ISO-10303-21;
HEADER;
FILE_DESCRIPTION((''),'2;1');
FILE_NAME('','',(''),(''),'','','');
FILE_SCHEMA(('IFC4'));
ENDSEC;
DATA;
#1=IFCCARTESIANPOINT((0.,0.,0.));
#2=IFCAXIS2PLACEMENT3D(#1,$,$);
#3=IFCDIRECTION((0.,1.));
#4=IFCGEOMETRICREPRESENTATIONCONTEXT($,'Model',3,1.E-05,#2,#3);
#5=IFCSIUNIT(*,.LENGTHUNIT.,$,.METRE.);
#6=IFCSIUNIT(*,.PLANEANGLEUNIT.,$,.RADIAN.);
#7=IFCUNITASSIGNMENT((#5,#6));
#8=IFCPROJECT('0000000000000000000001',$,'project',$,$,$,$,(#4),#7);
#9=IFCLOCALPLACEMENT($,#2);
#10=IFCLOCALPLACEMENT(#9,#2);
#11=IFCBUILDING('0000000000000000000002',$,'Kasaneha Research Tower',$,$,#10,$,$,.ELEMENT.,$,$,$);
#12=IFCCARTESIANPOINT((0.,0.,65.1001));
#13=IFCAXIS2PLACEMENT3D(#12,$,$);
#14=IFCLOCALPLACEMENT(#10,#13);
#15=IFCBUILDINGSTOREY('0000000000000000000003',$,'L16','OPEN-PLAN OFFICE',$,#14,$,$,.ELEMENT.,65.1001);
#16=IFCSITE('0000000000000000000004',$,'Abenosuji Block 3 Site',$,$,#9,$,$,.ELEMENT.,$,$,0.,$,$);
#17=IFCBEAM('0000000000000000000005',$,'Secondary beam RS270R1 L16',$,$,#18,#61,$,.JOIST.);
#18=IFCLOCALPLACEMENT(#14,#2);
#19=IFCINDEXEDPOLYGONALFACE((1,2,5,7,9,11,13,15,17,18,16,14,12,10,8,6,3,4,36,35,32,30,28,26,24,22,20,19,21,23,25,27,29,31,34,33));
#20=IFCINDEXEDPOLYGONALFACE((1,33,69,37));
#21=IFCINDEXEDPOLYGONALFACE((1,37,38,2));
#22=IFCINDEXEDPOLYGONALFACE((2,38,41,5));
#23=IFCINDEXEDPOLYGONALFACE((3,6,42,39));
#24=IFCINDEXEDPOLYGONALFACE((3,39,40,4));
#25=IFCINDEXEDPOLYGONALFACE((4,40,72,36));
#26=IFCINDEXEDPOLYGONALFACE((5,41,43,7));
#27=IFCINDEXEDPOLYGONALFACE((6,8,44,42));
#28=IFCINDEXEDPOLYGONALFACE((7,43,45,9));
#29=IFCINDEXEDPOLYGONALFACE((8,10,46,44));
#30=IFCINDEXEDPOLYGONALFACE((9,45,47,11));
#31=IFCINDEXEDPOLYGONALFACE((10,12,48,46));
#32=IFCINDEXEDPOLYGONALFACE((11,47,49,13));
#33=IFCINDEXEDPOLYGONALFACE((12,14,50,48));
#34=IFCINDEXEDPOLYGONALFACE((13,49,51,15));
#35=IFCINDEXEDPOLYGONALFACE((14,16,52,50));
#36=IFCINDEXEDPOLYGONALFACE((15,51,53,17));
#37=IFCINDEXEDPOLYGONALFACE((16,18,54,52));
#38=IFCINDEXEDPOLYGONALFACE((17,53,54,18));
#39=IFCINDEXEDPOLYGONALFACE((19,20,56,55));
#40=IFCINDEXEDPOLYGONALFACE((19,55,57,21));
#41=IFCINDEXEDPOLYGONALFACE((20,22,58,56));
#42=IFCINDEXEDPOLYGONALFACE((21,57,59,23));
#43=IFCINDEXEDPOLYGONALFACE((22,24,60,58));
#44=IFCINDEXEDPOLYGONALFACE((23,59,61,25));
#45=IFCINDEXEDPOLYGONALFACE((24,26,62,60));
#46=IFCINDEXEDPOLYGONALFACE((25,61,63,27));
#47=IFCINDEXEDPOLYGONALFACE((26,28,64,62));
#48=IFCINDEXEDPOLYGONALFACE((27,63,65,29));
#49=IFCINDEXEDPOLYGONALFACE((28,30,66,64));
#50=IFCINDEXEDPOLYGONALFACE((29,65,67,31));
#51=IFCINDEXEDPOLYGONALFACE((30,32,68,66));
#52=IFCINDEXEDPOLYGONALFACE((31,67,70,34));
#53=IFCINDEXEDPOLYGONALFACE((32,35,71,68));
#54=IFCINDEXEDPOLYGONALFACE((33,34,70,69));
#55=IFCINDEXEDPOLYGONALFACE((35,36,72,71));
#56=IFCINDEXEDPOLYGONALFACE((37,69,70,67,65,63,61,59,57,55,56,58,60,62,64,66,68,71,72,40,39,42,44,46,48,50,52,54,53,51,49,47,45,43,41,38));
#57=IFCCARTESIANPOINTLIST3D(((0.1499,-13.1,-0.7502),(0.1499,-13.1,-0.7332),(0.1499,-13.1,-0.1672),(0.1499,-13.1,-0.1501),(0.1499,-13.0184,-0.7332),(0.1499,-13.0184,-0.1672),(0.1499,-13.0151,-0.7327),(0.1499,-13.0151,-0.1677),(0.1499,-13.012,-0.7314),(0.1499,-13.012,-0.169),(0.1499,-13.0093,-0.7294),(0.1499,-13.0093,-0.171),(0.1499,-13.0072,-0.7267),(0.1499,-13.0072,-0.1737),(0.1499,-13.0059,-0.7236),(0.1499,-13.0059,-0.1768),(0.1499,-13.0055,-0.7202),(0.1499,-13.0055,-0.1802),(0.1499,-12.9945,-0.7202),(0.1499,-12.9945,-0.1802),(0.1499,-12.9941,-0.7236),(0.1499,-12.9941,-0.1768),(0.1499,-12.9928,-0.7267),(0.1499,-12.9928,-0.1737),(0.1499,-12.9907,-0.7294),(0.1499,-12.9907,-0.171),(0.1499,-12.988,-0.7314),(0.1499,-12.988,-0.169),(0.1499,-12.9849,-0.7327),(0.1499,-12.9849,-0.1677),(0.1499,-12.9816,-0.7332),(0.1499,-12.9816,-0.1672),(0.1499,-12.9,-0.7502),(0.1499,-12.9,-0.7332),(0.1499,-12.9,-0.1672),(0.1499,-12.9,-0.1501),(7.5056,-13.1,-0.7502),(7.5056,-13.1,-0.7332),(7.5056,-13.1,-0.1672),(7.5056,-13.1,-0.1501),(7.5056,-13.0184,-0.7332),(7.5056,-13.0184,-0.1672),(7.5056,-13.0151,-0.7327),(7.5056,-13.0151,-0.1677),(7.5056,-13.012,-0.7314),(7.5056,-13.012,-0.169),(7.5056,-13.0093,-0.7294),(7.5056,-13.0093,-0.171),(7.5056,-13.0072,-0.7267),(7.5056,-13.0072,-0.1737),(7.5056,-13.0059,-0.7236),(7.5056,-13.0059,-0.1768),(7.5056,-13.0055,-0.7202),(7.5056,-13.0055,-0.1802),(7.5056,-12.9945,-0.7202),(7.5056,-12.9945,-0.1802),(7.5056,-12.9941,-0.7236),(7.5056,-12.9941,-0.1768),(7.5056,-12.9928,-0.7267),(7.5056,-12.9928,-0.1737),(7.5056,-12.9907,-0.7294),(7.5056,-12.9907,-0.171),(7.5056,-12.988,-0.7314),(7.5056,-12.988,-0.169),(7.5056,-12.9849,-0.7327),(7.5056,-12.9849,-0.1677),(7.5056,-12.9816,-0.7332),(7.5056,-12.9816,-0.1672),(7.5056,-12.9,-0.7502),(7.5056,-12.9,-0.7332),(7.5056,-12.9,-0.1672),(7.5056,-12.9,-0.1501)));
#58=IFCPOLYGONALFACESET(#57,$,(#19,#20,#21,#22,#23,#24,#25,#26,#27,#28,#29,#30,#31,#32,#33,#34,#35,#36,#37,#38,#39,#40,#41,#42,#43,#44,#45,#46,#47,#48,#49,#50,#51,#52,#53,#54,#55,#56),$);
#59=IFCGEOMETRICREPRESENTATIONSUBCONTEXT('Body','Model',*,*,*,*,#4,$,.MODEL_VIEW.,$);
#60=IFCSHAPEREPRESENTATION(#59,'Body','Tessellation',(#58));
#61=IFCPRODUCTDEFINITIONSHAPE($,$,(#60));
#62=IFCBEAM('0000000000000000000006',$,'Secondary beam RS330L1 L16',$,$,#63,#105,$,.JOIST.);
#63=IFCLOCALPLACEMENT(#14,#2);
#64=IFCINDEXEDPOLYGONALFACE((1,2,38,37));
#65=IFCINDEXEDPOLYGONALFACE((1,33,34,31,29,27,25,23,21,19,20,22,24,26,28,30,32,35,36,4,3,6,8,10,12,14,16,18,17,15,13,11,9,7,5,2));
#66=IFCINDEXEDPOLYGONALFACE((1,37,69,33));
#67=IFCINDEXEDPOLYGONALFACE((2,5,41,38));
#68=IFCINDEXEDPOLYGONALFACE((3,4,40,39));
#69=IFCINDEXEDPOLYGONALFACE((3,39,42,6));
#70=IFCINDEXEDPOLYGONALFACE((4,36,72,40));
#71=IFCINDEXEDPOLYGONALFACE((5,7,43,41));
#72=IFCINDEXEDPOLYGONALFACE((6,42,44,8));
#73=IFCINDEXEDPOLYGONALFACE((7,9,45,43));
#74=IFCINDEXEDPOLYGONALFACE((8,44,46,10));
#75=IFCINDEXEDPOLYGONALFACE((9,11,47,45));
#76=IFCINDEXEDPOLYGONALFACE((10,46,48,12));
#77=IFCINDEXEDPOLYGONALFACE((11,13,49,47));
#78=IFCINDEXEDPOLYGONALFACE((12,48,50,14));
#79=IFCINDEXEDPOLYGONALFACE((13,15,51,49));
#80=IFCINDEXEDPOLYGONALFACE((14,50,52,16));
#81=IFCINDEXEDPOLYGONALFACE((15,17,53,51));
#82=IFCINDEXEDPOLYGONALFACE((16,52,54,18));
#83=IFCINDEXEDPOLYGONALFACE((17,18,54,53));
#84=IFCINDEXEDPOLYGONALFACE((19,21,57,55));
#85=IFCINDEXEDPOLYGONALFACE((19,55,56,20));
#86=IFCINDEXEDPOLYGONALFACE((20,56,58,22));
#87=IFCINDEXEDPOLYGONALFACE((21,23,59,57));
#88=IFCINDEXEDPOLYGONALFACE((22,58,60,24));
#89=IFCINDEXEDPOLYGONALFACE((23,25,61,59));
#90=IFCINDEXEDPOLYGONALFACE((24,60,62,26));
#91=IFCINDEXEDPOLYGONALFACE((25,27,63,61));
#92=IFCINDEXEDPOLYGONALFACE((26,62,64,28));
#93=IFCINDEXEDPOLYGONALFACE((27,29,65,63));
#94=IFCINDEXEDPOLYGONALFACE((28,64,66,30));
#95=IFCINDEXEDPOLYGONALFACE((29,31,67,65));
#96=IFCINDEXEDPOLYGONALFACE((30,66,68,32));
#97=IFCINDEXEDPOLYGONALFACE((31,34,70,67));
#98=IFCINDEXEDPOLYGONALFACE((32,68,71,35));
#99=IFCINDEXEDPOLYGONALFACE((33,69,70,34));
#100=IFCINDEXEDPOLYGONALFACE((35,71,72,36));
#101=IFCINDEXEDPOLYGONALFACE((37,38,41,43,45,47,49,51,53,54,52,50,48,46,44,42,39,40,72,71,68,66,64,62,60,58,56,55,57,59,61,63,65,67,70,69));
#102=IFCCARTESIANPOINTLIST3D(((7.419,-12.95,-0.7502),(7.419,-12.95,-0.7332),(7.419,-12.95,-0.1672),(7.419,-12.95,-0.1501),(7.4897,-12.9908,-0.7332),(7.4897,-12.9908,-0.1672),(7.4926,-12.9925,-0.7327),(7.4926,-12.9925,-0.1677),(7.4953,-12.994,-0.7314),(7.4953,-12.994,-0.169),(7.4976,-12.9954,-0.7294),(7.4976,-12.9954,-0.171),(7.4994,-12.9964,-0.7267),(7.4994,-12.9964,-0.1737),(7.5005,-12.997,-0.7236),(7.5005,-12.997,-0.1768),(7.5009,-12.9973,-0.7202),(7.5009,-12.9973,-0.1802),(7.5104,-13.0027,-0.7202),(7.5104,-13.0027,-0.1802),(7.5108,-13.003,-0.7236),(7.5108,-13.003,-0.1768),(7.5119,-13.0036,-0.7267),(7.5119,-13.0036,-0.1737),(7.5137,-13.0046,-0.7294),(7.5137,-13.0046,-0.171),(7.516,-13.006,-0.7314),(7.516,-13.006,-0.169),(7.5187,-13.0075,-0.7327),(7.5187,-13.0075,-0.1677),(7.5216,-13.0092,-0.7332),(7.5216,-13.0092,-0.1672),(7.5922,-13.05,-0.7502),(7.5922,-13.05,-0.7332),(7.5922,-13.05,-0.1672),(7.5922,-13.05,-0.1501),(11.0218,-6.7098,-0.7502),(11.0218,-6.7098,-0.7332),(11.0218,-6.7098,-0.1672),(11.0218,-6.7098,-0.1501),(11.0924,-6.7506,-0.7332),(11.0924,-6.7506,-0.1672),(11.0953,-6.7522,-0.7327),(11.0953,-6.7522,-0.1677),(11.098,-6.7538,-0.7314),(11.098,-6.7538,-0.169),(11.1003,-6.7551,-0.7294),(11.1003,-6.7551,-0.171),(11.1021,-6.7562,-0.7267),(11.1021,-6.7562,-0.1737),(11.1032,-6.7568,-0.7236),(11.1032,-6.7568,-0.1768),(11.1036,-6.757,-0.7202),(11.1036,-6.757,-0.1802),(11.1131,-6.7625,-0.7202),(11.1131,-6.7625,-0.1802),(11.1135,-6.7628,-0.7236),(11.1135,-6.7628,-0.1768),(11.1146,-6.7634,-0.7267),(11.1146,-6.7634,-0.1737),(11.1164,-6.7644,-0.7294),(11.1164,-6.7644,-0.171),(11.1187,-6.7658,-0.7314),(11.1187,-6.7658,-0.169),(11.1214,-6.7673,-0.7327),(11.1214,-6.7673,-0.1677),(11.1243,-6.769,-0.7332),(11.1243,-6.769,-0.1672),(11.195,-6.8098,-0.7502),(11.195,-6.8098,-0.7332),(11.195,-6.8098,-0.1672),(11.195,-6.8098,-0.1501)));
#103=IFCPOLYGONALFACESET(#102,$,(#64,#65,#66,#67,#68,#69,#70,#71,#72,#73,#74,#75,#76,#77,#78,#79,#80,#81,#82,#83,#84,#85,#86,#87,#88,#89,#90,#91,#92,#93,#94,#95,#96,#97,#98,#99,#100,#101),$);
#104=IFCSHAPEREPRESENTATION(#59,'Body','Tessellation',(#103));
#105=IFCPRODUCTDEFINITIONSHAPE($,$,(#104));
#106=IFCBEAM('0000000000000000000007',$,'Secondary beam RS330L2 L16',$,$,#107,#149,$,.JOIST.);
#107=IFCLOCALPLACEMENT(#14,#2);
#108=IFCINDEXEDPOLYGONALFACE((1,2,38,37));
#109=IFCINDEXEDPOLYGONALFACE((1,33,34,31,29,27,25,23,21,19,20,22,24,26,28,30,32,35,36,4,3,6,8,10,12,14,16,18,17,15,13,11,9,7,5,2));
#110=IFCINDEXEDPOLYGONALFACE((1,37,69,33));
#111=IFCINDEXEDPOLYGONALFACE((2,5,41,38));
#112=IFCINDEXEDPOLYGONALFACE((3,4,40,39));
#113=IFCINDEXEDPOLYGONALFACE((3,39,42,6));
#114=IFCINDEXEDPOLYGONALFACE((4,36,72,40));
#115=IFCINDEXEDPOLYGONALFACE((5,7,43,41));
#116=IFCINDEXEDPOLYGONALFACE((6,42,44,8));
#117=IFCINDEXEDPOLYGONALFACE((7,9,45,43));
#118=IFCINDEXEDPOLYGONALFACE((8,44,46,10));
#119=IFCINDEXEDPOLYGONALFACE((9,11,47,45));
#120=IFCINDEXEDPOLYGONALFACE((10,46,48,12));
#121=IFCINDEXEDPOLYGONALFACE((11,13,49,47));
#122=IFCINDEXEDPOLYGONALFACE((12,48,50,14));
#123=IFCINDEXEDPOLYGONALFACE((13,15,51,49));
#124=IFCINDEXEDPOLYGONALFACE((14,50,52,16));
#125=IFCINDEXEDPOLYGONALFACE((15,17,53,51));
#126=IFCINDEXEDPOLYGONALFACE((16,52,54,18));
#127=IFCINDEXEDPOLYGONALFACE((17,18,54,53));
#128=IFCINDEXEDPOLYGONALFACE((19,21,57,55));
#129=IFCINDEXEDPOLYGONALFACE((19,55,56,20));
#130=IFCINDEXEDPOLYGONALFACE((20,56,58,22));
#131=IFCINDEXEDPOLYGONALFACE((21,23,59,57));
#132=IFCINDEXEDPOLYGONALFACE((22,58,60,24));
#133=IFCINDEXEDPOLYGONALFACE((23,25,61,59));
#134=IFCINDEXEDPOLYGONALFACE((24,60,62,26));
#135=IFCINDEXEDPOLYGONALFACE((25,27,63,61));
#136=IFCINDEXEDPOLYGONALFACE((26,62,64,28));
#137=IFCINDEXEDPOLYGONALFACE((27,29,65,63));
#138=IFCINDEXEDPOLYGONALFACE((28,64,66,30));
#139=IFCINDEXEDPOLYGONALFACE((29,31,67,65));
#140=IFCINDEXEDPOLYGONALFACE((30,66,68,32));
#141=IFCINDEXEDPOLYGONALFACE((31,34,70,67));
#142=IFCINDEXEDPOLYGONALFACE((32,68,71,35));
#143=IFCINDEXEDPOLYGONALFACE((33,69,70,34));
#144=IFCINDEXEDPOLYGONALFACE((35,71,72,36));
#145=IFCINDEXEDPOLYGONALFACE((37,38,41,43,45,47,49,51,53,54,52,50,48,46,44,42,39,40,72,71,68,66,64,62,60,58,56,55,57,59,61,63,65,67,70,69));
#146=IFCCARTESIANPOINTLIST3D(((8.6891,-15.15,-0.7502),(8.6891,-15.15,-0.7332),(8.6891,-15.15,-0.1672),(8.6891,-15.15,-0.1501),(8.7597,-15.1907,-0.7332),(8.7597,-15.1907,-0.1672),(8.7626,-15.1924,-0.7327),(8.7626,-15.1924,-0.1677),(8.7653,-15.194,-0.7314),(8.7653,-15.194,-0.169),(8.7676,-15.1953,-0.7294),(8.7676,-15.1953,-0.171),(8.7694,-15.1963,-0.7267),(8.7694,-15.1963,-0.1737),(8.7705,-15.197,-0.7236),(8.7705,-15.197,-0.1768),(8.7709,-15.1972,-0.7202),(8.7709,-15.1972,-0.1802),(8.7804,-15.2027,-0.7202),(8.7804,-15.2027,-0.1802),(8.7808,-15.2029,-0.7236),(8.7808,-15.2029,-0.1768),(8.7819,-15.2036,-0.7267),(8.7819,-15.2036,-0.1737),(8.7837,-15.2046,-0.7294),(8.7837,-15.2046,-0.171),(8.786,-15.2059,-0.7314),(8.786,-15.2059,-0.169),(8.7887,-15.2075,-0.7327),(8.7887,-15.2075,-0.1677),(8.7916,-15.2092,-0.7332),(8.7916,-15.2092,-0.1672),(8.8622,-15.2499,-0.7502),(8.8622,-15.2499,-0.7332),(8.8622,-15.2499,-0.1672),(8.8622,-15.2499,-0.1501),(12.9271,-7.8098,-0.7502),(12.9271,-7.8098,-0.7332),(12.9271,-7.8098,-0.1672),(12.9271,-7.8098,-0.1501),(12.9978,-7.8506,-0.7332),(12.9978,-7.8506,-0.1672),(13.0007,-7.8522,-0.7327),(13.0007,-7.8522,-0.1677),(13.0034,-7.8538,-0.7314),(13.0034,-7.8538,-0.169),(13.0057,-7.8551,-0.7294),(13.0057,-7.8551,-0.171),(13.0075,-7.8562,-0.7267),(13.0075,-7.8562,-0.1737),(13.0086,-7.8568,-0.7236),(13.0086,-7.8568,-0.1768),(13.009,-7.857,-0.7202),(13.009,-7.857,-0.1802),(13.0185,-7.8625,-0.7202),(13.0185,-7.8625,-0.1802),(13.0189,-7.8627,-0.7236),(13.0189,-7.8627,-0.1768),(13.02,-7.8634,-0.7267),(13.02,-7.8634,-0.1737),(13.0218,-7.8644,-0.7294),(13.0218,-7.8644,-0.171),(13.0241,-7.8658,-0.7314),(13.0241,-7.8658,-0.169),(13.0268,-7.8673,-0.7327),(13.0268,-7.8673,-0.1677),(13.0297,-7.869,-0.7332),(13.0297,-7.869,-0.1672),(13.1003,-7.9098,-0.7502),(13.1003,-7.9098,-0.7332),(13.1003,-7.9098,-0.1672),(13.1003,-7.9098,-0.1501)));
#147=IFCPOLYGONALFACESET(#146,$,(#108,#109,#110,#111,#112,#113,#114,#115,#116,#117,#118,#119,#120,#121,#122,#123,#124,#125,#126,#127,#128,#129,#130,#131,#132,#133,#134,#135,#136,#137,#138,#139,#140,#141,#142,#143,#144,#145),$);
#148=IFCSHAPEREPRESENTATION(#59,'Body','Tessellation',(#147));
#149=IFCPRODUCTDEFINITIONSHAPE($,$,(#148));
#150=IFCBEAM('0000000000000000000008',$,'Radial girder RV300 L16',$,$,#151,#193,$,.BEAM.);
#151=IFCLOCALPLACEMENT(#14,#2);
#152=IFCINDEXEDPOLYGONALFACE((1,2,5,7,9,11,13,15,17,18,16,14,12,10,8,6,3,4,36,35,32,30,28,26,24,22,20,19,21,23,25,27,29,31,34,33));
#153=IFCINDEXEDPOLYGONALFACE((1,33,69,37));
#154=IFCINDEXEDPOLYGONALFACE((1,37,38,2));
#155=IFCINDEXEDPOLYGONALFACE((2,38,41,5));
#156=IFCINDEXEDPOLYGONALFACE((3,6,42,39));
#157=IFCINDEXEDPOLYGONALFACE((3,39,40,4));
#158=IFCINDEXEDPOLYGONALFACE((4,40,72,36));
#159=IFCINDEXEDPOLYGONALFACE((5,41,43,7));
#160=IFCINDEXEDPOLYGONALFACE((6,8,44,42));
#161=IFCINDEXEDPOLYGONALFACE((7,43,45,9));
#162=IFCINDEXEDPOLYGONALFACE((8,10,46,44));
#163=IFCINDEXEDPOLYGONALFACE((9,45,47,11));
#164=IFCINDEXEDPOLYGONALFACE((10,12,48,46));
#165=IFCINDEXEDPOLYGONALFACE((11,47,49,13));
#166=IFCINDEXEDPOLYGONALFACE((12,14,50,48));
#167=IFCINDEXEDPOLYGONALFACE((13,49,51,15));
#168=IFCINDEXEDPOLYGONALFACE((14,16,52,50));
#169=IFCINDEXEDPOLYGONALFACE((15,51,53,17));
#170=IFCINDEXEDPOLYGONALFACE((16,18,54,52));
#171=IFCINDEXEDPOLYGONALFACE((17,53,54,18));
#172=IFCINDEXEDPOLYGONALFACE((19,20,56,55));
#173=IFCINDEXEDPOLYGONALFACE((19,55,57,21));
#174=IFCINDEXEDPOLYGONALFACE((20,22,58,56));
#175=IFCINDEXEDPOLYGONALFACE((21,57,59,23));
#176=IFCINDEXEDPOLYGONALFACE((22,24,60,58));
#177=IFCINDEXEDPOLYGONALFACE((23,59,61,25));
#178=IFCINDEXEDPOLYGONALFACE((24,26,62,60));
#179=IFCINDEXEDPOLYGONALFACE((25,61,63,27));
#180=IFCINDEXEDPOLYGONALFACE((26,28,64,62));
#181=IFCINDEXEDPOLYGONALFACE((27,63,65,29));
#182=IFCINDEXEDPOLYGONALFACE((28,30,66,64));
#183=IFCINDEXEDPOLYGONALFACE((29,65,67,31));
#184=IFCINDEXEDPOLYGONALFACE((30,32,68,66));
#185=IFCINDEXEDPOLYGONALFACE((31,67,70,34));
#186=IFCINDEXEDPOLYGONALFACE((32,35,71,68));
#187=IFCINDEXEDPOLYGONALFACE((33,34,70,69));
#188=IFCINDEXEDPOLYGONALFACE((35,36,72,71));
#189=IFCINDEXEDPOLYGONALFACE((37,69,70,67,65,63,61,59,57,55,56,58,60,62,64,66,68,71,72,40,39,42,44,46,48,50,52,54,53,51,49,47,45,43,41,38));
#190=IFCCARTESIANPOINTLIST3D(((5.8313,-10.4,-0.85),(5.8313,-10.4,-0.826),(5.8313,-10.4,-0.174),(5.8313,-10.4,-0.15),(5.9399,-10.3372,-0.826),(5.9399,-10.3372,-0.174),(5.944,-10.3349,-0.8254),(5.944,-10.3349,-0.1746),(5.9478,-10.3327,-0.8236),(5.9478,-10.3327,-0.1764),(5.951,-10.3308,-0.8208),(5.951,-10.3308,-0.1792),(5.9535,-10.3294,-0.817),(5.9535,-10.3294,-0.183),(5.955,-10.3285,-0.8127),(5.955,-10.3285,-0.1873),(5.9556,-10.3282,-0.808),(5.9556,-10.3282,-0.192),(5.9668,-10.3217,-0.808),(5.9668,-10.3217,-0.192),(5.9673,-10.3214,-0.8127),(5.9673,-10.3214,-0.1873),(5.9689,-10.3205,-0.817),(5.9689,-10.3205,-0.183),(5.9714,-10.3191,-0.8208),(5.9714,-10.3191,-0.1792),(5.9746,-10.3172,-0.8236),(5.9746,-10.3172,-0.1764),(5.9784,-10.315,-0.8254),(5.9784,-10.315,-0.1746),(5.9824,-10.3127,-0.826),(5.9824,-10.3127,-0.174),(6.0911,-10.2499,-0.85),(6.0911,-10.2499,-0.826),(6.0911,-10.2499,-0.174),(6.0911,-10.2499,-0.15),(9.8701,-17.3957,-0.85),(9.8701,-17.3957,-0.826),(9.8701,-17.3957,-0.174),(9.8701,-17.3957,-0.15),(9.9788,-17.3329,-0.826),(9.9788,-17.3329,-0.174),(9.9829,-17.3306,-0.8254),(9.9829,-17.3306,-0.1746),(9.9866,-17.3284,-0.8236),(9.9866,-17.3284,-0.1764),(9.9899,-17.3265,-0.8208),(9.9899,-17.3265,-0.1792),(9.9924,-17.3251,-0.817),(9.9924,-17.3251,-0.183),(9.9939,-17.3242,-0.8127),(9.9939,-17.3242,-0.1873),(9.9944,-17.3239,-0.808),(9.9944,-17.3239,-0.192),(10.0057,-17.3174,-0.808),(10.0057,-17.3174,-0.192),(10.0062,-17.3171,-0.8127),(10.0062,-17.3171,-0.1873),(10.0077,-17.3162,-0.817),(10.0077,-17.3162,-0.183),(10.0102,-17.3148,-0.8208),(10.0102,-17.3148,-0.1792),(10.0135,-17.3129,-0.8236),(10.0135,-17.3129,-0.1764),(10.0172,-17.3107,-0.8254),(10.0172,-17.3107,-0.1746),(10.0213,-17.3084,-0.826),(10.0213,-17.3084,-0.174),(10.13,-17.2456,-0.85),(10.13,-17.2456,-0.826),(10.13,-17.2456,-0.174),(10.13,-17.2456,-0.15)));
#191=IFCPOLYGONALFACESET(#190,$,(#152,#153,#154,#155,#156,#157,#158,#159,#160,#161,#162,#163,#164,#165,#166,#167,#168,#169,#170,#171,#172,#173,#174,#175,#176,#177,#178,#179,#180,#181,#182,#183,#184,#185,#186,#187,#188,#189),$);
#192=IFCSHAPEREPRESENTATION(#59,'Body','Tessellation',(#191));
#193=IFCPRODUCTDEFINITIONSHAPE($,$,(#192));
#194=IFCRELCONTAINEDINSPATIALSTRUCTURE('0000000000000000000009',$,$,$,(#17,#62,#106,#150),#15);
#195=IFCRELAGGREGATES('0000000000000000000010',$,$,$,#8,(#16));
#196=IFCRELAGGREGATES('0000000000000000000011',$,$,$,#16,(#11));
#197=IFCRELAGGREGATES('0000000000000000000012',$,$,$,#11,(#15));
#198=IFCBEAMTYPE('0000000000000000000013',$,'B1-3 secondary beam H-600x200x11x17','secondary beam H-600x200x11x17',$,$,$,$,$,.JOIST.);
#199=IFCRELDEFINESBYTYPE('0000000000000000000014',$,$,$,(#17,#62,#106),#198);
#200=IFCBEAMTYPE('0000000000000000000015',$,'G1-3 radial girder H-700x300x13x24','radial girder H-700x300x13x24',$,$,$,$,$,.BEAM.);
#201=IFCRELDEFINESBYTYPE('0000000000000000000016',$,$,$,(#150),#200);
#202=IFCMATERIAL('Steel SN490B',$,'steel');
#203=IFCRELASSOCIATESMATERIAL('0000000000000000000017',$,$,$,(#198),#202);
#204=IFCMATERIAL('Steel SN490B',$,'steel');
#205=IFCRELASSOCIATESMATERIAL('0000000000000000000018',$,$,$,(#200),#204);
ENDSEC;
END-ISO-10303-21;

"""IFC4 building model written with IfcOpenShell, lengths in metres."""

from ifc_helpers import new_model, si_unit, direction, frame, origin, origin_2d, place, context, subcontext, project, spatial, i_section, extrude, material, material_profile, profile_set, type_object, element, save


model = new_model("IFC4")

# Units and contexts
model_context = context("Model", 3, precision=1e-05, world=origin(), true_north=direction((0.0, 1.0)))
body_context = subcontext(model_context, "Body", "Model", "MODEL_VIEW")
ifc_project = project(units=[si_unit("LENGTHUNIT", "METRE"), si_unit("PLANEANGLEUNIT", "RADIAN")], contexts=[model_context])

# Site, building, storey
site_placement = place(None, origin())
site = spatial("IfcSite", under=ifc_project, at=site_placement, Name="Abenosuji Block 3 Site", CompositionType="ELEMENT", RefElevation=0.0)
building_placement = place(site_placement, origin())
building = spatial("IfcBuilding", under=site, at=building_placement, Name="Kasaneha Research Tower", CompositionType="ELEMENT")
storey_placement = place(building_placement, frame((0.0, 0.0, 65.1001)))
storey = spatial("IfcBuildingStorey", under=building, at=storey_placement, Name="L16", Description="OPEN-PLAN OFFICE", CompositionType="ELEMENT", Elevation=65.1001)

# Beams
ifc_material_1 = material(Name="Steel SN490B", Category="steel")
ifc_material_profile_1 = material_profile(ifc_material_1, i_section(OverallWidth=0.2, OverallDepth=0.6001, WebThickness=0.011, FlangeThickness=0.0171, FilletRadius=0.0129, at=origin_2d()), Name="H-600x200x11x17")
ifc_profile_set_1 = profile_set([ifc_material_profile_1], Name="Steel SN490B")
beam_type_1 = type_object("IfcBeamType", Name="B1-3 secondary beam H-600x200x11x17", Description="secondary beam H-600x200x11x17", PredefinedType="JOIST", material=ifc_profile_set_1)
beam_1_placement = place(storey_placement, frame((7.5056, -13.0, -0.4502), z_axis=(-1.0, 0.0, 0.0), x_axis=(0.0, -1.0, 0.0)))
element("IfcBeam", 1, at=beam_1_placement, inside=storey, type_object=beam_type_1, Name="Secondary beam RS270R1 L16", PredefinedType="JOIST", context=body_context, shape_type="SweptSolid", body=[
    extrude(i_section(OverallWidth=0.2, OverallDepth=0.6001, WebThickness=0.011, FlangeThickness=0.0171, FilletRadius=0.0129, at=origin_2d()), origin(), (0.0, 0.0, 1.0), 7.3557),
])
beam_2_placement = place(storey_placement, frame((7.5056, -13.0, -0.4502), z_axis=(0.499998, 0.866026, 0.0), x_axis=(-0.866026, 0.499998, 0.0)))
element("IfcBeam", 2, at=beam_2_placement, inside=storey, type_object=beam_type_1, Name="Secondary beam RS330L1 L16", PredefinedType="JOIST", context=body_context, shape_type="SweptSolid", body=[
    extrude(i_section(OverallWidth=0.2, OverallDepth=0.6001, WebThickness=0.011, FlangeThickness=0.0171, FilletRadius=0.0129, at=origin_2d()), origin(), (0.0, 0.0, 1.0), 7.2056),
])
beam_3_placement = place(storey_placement, frame((8.7756, -15.2, -0.4502), z_axis=(0.500021, 0.866013, 0.0), x_axis=(-0.866013, 0.500021, 0.0)))
element("IfcBeam", 3, at=beam_3_placement, inside=storey, type_object=beam_type_1, Name="Secondary beam RS330L2 L16", PredefinedType="JOIST", context=body_context, shape_type="SweptSolid", body=[
    extrude(i_section(OverallWidth=0.2, OverallDepth=0.6001, WebThickness=0.011, FlangeThickness=0.0171, FilletRadius=0.0129, at=origin_2d()), origin(), (0.0, 0.0, 1.0), 8.4758),
])
ifc_material_2 = material(Name="Steel SN490B", Category="steel")
ifc_material_profile_2 = material_profile(ifc_material_2, i_section(OverallWidth=0.3, OverallDepth=0.7, WebThickness=0.0129, FlangeThickness=0.0239, FilletRadius=0.0181, at=origin_2d()), Name="H-700x300x13x24")
ifc_profile_set_2 = profile_set([ifc_material_profile_2], Name="Steel SN490B")
beam_type_2 = type_object("IfcBeamType", Name="G1-3 radial girder H-700x300x13x24", Description="radial girder H-700x300x13x24", PredefinedType="BEAM", material=ifc_profile_set_2)
beam_4_placement = place(storey_placement, frame((5.9612, -10.325, -0.5), z_axis=(0.499991, -0.866031, 0.0), x_axis=(0.866031, 0.499991, 0.0)))
element("IfcBeam", 4, at=beam_4_placement, inside=storey, type_object=beam_type_2, Name="Radial girder RV300 L16", PredefinedType="BEAM", context=body_context, shape_type="SweptSolid", body=[
    extrude(i_section(OverallWidth=0.3, OverallDepth=0.7, WebThickness=0.0129, FlangeThickness=0.0239, FilletRadius=0.0181, at=origin_2d()), origin(), (0.0, 0.0, 1.0), 8.0779),
])

save(model, "model.ifc")
